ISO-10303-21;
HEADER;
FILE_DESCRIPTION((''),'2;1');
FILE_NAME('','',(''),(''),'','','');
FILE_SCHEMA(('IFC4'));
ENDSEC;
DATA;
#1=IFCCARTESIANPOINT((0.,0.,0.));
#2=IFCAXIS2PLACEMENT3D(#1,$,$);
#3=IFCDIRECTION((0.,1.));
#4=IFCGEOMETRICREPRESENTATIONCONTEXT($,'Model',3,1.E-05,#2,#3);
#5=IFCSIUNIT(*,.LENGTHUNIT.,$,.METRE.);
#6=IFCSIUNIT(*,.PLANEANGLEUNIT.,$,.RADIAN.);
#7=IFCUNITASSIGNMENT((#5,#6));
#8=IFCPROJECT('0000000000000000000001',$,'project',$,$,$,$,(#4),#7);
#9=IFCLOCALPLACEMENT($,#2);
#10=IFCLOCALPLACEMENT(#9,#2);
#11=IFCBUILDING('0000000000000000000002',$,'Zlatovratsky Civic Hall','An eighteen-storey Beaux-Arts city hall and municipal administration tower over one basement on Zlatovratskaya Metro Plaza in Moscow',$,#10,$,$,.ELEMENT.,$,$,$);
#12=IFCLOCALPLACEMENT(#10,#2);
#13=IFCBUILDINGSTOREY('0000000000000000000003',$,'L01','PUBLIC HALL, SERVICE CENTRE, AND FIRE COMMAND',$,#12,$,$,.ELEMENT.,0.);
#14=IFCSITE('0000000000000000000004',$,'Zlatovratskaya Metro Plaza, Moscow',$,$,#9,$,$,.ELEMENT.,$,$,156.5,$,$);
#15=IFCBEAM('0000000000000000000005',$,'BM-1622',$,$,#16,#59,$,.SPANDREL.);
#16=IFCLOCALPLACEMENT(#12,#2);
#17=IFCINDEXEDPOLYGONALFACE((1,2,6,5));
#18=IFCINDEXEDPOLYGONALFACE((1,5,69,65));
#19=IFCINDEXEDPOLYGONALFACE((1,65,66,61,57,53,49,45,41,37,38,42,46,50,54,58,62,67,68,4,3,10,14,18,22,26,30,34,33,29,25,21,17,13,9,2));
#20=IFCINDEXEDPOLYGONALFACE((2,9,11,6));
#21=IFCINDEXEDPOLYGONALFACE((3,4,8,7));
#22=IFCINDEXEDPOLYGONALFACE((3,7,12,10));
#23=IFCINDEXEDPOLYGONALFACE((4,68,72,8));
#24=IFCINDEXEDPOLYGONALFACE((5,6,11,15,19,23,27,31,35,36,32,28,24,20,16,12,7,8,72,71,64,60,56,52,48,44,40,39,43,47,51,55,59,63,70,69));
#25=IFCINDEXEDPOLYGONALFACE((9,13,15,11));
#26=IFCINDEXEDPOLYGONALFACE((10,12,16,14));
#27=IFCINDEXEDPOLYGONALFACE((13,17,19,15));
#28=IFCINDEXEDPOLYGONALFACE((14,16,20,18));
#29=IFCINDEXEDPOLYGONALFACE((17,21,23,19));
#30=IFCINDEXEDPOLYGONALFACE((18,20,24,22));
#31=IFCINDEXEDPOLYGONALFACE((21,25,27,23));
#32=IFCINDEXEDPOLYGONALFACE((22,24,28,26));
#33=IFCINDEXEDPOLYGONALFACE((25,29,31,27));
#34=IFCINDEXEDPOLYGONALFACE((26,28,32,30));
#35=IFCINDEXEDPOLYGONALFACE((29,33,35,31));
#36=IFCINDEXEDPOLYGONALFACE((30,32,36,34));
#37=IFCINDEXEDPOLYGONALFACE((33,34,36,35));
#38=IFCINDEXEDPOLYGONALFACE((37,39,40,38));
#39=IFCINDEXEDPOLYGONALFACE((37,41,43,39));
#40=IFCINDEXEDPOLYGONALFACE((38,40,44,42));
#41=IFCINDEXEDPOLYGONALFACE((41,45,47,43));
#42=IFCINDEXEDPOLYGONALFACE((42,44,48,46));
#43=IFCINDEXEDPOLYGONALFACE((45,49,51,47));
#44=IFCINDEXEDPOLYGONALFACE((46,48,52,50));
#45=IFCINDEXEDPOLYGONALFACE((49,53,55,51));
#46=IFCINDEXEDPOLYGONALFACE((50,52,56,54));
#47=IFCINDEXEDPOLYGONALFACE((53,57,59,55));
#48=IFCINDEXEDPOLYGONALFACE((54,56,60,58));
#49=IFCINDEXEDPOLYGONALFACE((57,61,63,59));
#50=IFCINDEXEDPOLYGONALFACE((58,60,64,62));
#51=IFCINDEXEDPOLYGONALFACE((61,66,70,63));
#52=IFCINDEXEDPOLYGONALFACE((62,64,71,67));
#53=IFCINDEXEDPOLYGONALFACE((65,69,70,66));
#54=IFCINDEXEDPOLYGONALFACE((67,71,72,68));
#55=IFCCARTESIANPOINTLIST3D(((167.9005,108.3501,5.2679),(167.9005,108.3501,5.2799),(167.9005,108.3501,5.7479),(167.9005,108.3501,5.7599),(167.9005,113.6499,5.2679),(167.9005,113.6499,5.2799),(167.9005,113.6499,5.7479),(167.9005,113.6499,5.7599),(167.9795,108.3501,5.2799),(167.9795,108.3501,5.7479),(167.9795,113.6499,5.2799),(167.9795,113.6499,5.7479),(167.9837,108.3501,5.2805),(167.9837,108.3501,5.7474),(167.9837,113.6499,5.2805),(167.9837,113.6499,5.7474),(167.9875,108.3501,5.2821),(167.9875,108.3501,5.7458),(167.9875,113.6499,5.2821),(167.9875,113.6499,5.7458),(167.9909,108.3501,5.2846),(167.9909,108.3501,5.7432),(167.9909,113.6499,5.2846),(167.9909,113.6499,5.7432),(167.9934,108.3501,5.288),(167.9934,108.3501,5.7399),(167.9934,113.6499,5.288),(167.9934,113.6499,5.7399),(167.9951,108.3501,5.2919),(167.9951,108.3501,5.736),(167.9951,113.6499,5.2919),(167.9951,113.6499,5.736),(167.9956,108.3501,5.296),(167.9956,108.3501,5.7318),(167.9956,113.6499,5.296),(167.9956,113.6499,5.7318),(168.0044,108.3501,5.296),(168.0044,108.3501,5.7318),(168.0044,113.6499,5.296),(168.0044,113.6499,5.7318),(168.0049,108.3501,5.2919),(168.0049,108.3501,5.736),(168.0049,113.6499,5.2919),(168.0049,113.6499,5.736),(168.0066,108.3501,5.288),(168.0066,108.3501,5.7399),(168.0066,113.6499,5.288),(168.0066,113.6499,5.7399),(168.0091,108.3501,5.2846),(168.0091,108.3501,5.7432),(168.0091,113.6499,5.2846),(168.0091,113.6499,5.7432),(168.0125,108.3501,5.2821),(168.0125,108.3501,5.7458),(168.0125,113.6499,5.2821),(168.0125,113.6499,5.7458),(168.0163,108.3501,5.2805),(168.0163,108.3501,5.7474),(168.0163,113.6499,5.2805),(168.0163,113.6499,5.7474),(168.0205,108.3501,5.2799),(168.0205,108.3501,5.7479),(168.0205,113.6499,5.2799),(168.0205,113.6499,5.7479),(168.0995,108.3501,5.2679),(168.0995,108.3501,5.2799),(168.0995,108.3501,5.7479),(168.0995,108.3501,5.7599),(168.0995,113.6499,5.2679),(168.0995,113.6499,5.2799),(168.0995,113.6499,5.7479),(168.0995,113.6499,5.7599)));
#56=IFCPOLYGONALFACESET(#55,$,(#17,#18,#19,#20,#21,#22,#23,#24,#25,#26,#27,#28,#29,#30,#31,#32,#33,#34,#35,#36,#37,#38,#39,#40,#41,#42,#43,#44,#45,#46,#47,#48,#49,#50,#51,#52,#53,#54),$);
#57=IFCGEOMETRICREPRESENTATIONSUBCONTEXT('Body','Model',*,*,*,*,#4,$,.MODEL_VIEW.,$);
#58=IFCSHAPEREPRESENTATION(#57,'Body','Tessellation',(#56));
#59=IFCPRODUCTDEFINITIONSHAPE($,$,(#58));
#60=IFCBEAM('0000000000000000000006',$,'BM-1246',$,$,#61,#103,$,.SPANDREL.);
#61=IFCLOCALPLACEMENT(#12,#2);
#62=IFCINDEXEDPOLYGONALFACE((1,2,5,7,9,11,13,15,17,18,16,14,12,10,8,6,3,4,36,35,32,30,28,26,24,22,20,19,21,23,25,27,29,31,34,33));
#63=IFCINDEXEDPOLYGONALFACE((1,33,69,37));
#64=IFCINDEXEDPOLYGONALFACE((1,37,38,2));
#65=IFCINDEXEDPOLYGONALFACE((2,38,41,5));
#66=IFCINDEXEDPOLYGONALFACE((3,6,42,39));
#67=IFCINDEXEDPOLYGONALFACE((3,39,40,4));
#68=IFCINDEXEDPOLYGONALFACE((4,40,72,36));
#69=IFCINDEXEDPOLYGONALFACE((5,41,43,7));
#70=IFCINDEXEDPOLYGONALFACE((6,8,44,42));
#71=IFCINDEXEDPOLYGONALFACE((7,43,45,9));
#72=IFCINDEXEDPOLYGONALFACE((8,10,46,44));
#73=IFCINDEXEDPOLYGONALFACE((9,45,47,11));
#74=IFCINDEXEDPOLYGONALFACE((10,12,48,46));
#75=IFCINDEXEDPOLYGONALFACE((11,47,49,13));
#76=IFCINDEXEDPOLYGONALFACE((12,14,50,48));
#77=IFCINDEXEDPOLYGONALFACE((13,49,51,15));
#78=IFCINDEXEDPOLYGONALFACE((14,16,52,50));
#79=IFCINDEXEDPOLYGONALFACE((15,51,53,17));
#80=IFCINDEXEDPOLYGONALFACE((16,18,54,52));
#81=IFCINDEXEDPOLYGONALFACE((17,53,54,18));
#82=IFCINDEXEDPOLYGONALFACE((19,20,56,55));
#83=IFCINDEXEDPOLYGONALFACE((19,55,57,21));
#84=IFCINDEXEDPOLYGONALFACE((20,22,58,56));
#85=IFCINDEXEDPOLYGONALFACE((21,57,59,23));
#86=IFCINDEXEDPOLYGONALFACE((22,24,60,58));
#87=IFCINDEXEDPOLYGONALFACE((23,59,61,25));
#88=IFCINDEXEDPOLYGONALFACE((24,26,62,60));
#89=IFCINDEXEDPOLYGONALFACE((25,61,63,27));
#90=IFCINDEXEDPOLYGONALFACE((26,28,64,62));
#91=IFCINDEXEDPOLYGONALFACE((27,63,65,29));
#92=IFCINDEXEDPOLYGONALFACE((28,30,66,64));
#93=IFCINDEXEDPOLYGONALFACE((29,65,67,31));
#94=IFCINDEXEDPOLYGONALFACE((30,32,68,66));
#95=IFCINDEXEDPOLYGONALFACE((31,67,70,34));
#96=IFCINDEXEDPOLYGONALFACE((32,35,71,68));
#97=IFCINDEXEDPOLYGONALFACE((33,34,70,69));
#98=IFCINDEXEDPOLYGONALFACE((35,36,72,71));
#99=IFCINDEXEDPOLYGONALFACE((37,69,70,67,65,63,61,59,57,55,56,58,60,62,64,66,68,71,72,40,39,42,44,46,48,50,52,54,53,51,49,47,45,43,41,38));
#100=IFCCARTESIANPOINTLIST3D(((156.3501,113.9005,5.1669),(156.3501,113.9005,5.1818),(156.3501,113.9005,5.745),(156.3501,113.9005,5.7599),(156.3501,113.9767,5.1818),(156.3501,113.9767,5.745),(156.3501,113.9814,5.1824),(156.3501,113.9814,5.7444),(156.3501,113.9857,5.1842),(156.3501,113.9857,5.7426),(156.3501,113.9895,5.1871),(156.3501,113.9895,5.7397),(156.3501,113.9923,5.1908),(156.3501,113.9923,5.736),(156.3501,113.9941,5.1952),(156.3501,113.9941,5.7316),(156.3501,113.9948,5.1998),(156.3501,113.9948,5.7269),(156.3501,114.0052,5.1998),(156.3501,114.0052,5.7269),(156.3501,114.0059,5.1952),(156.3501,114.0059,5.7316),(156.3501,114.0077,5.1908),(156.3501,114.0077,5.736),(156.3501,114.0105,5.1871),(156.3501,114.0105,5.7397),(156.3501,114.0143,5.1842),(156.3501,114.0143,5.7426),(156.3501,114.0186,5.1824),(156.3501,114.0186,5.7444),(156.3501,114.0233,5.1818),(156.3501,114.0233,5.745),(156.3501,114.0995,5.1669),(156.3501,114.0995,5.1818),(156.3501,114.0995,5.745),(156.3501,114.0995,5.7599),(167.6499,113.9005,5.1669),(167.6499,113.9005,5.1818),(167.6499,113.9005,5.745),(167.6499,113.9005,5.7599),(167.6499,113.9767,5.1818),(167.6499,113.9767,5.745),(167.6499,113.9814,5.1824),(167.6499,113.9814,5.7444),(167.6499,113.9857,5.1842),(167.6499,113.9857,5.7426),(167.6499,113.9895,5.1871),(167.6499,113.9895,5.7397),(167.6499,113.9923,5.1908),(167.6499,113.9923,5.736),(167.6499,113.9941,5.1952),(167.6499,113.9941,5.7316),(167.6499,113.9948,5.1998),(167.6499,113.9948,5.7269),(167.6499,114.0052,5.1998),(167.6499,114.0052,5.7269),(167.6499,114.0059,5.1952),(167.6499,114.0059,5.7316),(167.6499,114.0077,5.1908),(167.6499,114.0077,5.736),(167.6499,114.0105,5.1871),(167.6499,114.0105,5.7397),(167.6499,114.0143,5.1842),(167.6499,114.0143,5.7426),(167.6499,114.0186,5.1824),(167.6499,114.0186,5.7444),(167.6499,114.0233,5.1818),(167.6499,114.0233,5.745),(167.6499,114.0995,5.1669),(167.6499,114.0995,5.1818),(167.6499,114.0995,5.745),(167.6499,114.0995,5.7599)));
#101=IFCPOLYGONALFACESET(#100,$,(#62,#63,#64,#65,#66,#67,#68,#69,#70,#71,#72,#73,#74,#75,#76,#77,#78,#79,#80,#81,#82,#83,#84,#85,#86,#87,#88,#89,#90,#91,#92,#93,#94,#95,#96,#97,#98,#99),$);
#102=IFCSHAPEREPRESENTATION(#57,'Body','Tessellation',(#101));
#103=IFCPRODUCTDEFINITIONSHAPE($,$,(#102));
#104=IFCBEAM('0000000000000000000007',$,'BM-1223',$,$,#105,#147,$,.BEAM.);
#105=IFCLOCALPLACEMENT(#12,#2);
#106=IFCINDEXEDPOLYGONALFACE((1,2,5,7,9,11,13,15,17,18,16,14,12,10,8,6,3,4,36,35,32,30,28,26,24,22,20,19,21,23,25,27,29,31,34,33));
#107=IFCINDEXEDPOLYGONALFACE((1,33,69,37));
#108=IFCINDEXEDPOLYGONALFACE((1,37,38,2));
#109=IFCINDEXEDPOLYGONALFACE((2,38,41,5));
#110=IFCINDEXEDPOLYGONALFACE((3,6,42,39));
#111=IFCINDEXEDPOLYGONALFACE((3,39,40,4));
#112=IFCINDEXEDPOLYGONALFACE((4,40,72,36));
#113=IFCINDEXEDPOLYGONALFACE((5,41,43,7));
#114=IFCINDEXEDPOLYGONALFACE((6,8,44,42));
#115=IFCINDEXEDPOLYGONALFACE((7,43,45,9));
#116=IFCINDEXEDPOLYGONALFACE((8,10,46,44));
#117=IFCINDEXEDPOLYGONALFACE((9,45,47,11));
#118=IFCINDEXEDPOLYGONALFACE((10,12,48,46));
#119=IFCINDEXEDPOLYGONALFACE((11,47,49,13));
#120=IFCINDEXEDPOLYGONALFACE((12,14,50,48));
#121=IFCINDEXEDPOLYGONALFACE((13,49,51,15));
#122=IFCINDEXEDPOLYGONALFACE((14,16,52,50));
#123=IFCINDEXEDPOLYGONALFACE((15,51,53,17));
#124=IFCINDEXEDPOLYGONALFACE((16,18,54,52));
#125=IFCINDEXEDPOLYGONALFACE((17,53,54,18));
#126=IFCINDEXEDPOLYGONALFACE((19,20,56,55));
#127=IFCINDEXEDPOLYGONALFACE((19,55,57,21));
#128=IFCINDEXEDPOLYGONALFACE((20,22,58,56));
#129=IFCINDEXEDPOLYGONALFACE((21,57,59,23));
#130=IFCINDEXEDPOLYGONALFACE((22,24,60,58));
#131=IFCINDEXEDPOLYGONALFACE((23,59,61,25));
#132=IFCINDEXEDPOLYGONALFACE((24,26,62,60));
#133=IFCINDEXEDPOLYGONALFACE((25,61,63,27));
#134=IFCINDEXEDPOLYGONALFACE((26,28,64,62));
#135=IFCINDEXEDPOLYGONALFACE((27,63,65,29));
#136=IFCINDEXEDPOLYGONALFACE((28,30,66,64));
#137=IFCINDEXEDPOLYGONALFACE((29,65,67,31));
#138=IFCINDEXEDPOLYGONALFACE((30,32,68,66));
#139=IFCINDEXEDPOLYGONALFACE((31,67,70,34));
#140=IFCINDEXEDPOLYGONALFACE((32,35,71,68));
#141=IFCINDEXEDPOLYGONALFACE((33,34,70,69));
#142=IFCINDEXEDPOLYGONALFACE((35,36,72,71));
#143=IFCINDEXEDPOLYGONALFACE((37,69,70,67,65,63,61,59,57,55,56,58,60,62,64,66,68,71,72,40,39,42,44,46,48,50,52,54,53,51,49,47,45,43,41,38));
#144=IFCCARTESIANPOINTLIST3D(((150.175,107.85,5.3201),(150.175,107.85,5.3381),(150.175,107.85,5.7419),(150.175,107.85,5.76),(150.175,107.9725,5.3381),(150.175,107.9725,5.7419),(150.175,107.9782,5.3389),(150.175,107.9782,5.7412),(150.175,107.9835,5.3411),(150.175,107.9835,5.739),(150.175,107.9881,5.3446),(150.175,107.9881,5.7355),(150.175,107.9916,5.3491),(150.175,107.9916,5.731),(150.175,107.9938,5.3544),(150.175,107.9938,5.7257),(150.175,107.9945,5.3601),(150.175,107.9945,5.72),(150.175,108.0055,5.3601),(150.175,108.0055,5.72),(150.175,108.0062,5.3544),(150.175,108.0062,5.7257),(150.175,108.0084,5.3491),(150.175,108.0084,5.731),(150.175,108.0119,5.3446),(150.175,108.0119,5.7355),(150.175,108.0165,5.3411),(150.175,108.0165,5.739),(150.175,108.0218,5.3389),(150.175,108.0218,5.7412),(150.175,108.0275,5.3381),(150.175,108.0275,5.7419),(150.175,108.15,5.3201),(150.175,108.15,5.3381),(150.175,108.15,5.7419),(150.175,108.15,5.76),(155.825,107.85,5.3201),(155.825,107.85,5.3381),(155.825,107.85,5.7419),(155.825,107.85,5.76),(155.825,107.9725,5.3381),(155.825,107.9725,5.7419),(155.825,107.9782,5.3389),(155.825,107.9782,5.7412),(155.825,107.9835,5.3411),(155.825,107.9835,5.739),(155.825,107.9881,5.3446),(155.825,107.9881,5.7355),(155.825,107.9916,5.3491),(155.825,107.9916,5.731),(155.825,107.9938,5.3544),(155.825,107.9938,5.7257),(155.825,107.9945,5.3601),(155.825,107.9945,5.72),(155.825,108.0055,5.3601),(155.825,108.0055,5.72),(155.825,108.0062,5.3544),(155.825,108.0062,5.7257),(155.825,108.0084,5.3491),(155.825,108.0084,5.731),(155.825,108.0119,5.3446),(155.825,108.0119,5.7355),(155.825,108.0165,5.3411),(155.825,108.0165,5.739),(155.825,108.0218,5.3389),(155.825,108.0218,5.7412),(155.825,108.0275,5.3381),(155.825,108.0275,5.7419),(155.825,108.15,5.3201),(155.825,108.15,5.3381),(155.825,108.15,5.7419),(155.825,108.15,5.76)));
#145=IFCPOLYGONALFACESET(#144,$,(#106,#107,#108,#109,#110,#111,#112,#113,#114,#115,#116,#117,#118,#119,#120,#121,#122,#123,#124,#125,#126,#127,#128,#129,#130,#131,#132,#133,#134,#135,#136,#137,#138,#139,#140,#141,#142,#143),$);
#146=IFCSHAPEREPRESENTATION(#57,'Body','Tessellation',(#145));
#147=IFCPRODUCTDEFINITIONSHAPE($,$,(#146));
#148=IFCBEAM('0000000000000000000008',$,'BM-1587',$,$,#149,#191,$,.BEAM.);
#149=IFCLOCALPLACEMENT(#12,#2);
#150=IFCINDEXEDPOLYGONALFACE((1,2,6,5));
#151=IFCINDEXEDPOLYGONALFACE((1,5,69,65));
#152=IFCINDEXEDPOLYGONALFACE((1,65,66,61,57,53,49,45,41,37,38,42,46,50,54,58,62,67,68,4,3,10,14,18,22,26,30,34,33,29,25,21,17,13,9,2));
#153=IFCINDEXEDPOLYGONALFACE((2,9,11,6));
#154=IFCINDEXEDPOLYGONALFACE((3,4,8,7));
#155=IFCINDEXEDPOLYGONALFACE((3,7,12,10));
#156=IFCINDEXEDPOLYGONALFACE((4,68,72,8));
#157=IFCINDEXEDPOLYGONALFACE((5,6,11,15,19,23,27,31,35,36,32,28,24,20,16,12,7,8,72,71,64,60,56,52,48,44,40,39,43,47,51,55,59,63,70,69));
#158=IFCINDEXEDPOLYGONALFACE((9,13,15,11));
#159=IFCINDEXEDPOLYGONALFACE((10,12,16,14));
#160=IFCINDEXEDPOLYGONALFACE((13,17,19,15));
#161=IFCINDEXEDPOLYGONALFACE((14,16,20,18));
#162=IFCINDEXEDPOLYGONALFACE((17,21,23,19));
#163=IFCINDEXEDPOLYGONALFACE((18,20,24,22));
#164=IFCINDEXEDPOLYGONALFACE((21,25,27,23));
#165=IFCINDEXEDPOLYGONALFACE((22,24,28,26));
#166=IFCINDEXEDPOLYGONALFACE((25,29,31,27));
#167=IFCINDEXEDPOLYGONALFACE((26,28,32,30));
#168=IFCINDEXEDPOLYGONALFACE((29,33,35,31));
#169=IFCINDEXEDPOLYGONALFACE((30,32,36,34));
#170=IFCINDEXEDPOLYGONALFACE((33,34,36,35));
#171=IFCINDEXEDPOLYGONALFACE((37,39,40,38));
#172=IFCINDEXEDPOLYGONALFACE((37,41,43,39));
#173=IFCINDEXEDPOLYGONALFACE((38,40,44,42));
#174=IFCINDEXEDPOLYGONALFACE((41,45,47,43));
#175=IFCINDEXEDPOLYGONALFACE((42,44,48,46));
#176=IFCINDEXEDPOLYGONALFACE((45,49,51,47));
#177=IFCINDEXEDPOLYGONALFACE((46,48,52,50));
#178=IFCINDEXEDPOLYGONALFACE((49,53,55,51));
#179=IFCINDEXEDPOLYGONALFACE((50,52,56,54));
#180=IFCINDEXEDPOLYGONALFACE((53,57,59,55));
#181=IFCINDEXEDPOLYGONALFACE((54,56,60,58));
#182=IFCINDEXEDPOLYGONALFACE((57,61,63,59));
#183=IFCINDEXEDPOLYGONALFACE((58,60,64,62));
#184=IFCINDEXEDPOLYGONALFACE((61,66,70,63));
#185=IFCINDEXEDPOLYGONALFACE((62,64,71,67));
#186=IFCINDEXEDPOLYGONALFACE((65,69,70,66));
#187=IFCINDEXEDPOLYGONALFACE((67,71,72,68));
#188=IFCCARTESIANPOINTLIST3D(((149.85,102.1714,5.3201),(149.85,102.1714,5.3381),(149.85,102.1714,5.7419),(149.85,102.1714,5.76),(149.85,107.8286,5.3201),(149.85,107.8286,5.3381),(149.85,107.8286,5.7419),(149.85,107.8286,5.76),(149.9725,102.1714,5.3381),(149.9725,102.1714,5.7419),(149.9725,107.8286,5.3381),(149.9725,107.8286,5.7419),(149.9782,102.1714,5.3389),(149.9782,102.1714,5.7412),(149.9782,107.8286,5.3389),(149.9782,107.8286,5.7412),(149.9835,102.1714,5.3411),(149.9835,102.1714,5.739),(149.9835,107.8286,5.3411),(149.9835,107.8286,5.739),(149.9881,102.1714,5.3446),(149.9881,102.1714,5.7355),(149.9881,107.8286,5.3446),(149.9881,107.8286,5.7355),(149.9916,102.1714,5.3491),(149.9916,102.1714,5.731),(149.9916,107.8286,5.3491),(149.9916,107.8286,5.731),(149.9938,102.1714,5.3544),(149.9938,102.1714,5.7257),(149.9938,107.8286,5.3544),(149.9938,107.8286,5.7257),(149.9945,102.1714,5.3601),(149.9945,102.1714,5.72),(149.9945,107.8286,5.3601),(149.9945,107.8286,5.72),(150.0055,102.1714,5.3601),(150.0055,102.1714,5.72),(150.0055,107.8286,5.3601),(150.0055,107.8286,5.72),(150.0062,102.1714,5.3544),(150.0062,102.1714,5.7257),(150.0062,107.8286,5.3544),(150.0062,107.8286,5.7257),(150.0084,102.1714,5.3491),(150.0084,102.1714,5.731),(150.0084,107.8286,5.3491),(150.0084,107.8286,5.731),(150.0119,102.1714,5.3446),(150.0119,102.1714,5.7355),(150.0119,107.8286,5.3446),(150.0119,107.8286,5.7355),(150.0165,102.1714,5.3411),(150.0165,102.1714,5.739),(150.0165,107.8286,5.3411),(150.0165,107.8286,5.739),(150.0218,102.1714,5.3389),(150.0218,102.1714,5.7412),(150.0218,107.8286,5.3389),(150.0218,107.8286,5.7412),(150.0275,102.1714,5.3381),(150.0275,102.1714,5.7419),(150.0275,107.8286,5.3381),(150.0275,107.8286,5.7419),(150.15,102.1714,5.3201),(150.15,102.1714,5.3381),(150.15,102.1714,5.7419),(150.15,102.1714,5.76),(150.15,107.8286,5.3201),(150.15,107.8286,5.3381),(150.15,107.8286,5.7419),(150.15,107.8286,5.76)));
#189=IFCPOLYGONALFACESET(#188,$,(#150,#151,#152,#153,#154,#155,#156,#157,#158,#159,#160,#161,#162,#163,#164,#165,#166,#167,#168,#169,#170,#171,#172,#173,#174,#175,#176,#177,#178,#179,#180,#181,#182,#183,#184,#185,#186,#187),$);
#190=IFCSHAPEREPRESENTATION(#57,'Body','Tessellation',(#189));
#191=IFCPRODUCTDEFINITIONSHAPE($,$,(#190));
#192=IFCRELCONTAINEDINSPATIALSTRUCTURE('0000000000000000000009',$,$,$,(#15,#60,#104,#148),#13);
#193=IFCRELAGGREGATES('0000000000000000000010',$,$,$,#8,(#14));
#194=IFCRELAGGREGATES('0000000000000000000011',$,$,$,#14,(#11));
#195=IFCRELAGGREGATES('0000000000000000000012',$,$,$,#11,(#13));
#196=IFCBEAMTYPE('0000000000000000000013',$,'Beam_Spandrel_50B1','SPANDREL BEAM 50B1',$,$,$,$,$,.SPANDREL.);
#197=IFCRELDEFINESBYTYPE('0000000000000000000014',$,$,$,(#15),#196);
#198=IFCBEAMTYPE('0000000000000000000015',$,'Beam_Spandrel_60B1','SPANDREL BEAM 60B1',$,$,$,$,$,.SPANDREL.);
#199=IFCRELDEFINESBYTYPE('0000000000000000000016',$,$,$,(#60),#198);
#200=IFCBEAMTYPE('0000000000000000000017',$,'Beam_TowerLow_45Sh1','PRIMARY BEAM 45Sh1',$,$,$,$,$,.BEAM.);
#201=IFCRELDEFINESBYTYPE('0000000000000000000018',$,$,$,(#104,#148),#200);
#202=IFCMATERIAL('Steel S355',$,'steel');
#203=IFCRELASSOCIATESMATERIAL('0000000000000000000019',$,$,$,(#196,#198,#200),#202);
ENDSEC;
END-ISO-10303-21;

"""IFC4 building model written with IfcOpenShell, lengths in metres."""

from ifc_helpers import new_model, si_unit, direction, frame, origin, origin_2d, place, context, subcontext, project, spatial, i_section, extrude, material, material_profile, profile_set, type_object, element, save


model = new_model("IFC4")

# Units and contexts
model_context = context("Model", 3, precision=1e-05, world=origin(), true_north=direction((0.0, 1.0)))
body_context = subcontext(model_context, "Body", "Model", "MODEL_VIEW")
ifc_project = project(units=[si_unit("LENGTHUNIT", "METRE"), si_unit("PLANEANGLEUNIT", "RADIAN")], contexts=[model_context])

# Site, building, storey
site_placement = place(None, origin())
site = spatial("IfcSite", under=ifc_project, at=site_placement, Name="Zlatovratskaya Metro Plaza, Moscow", CompositionType="ELEMENT", RefElevation=156.5)
building_placement = place(site_placement, origin())
building = spatial("IfcBuilding", under=site, at=building_placement, Name="Zlatovratsky Civic Hall", Description="An eighteen-storey Beaux-Arts city hall and municipal administration tower over one basement on Zlatovratskaya Metro Plaza in Moscow", CompositionType="ELEMENT")
storey_placement = place(building_placement, origin())
storey = spatial("IfcBuildingStorey", under=building, at=storey_placement, Name="L01", Description="PUBLIC HALL, SERVICE CENTRE, AND FIRE COMMAND", CompositionType="ELEMENT", Elevation=0.0)

# Shared definitions
ifc_material_1 = material(Name="Steel S355", Category="steel")

# Beams
ifc_material_profile_1 = material_profile(ifc_material_1, i_section(OverallWidth=0.199, OverallDepth=0.4919, WebThickness=0.0088, FlangeThickness=0.012, FilletRadius=0.0161, at=origin_2d()), Name="50B1")
ifc_profile_set_1 = profile_set([ifc_material_profile_1], Name="Steel S355")
beam_type_1 = type_object("IfcBeamType", Name="Beam_Spandrel_50B1", Description="SPANDREL BEAM 50B1", PredefinedType="SPANDREL", material=ifc_profile_set_1)
for number, where, z_axis, x_axis, name in (
    (1, (168.0, 108.3501, 5.5139), (0.0, 1.0, 0.0), (-1.0, 0.0, 0.0), "BM-1622"),
):
    element("IfcBeam", number, at=place(storey_placement, frame(where, z_axis=z_axis, x_axis=x_axis)), inside=storey, type_object=beam_type_1, Name=name, PredefinedType="SPANDREL", context=body_context, shape_type="SweptSolid", body=[
        extrude(i_section(OverallWidth=0.199, OverallDepth=0.4919, WebThickness=0.0088, FlangeThickness=0.012, FilletRadius=0.0161, at=origin_2d()), origin(), (0.0, 0.0, 1.0), 5.2998),
    ])
ifc_material_profile_2 = material_profile(ifc_material_1, i_section(OverallWidth=0.199, OverallDepth=0.593, WebThickness=0.0105, FlangeThickness=0.0149, FilletRadius=0.0181, at=origin_2d()), Name="60B1")
ifc_profile_set_2 = profile_set([ifc_material_profile_2], Name="Steel S355")
beam_type_2 = type_object("IfcBeamType", Name="Beam_Spandrel_60B1", Description="SPANDREL BEAM 60B1", PredefinedType="SPANDREL", material=ifc_profile_set_2)
beam_1_placement = place(storey_placement, frame((156.3501, 114.0, 5.4634), z_axis=(1.0, 0.0, 0.0), x_axis=(0.0, 1.0, 0.0)))
element("IfcBeam", 2, at=beam_1_placement, inside=storey, type_object=beam_type_2, Name="BM-1246", PredefinedType="SPANDREL", context=body_context, shape_type="SweptSolid", body=[
    extrude(i_section(OverallWidth=0.199, OverallDepth=0.593, WebThickness=0.0105, FlangeThickness=0.0149, FilletRadius=0.0181, at=origin_2d()), origin(), (0.0, 0.0, 1.0), 11.2998),
])
ifc_material_profile_3 = material_profile(ifc_material_1, i_section(OverallWidth=0.3, OverallDepth=0.4399, WebThickness=0.011, FlangeThickness=0.0181, FilletRadius=0.022, at=origin_2d()), Name="45Sh1")
ifc_profile_set_3 = profile_set([ifc_material_profile_3], Name="Steel S355")
beam_type_3 = type_object("IfcBeamType", Name="Beam_TowerLow_45Sh1", Description="PRIMARY BEAM 45Sh1", PredefinedType="BEAM", material=ifc_profile_set_3)
beam_2_placement = place(storey_placement, frame((150.175, 108.0, 5.54), z_axis=(1.0, 0.0, 0.0), x_axis=(0.0, 1.0, 0.0)))
element("IfcBeam", 3, at=beam_2_placement, inside=storey, type_object=beam_type_3, Name="BM-1223", PredefinedType="BEAM", context=body_context, shape_type="SweptSolid", body=[
    extrude(i_section(OverallWidth=0.3, OverallDepth=0.4399, WebThickness=0.011, FlangeThickness=0.0181, FilletRadius=0.022, at=origin_2d()), origin(), (0.0, 0.0, 1.0), 5.6499),
])
beam_3_placement = place(storey_placement, frame((150.0, 102.1714, 5.54), z_axis=(0.0, 1.0, 0.0), x_axis=(-1.0, 0.0, 0.0)))
element("IfcBeam", 4, at=beam_3_placement, inside=storey, type_object=beam_type_3, Name="BM-1587", PredefinedType="BEAM", context=body_context, shape_type="SweptSolid", body=[
    extrude(i_section(OverallWidth=0.3, OverallDepth=0.4399, WebThickness=0.011, FlangeThickness=0.0181, FilletRadius=0.022, at=origin_2d()), origin(), (0.0, 0.0, 1.0), 5.6572),
])

save(model, "model.ifc")
